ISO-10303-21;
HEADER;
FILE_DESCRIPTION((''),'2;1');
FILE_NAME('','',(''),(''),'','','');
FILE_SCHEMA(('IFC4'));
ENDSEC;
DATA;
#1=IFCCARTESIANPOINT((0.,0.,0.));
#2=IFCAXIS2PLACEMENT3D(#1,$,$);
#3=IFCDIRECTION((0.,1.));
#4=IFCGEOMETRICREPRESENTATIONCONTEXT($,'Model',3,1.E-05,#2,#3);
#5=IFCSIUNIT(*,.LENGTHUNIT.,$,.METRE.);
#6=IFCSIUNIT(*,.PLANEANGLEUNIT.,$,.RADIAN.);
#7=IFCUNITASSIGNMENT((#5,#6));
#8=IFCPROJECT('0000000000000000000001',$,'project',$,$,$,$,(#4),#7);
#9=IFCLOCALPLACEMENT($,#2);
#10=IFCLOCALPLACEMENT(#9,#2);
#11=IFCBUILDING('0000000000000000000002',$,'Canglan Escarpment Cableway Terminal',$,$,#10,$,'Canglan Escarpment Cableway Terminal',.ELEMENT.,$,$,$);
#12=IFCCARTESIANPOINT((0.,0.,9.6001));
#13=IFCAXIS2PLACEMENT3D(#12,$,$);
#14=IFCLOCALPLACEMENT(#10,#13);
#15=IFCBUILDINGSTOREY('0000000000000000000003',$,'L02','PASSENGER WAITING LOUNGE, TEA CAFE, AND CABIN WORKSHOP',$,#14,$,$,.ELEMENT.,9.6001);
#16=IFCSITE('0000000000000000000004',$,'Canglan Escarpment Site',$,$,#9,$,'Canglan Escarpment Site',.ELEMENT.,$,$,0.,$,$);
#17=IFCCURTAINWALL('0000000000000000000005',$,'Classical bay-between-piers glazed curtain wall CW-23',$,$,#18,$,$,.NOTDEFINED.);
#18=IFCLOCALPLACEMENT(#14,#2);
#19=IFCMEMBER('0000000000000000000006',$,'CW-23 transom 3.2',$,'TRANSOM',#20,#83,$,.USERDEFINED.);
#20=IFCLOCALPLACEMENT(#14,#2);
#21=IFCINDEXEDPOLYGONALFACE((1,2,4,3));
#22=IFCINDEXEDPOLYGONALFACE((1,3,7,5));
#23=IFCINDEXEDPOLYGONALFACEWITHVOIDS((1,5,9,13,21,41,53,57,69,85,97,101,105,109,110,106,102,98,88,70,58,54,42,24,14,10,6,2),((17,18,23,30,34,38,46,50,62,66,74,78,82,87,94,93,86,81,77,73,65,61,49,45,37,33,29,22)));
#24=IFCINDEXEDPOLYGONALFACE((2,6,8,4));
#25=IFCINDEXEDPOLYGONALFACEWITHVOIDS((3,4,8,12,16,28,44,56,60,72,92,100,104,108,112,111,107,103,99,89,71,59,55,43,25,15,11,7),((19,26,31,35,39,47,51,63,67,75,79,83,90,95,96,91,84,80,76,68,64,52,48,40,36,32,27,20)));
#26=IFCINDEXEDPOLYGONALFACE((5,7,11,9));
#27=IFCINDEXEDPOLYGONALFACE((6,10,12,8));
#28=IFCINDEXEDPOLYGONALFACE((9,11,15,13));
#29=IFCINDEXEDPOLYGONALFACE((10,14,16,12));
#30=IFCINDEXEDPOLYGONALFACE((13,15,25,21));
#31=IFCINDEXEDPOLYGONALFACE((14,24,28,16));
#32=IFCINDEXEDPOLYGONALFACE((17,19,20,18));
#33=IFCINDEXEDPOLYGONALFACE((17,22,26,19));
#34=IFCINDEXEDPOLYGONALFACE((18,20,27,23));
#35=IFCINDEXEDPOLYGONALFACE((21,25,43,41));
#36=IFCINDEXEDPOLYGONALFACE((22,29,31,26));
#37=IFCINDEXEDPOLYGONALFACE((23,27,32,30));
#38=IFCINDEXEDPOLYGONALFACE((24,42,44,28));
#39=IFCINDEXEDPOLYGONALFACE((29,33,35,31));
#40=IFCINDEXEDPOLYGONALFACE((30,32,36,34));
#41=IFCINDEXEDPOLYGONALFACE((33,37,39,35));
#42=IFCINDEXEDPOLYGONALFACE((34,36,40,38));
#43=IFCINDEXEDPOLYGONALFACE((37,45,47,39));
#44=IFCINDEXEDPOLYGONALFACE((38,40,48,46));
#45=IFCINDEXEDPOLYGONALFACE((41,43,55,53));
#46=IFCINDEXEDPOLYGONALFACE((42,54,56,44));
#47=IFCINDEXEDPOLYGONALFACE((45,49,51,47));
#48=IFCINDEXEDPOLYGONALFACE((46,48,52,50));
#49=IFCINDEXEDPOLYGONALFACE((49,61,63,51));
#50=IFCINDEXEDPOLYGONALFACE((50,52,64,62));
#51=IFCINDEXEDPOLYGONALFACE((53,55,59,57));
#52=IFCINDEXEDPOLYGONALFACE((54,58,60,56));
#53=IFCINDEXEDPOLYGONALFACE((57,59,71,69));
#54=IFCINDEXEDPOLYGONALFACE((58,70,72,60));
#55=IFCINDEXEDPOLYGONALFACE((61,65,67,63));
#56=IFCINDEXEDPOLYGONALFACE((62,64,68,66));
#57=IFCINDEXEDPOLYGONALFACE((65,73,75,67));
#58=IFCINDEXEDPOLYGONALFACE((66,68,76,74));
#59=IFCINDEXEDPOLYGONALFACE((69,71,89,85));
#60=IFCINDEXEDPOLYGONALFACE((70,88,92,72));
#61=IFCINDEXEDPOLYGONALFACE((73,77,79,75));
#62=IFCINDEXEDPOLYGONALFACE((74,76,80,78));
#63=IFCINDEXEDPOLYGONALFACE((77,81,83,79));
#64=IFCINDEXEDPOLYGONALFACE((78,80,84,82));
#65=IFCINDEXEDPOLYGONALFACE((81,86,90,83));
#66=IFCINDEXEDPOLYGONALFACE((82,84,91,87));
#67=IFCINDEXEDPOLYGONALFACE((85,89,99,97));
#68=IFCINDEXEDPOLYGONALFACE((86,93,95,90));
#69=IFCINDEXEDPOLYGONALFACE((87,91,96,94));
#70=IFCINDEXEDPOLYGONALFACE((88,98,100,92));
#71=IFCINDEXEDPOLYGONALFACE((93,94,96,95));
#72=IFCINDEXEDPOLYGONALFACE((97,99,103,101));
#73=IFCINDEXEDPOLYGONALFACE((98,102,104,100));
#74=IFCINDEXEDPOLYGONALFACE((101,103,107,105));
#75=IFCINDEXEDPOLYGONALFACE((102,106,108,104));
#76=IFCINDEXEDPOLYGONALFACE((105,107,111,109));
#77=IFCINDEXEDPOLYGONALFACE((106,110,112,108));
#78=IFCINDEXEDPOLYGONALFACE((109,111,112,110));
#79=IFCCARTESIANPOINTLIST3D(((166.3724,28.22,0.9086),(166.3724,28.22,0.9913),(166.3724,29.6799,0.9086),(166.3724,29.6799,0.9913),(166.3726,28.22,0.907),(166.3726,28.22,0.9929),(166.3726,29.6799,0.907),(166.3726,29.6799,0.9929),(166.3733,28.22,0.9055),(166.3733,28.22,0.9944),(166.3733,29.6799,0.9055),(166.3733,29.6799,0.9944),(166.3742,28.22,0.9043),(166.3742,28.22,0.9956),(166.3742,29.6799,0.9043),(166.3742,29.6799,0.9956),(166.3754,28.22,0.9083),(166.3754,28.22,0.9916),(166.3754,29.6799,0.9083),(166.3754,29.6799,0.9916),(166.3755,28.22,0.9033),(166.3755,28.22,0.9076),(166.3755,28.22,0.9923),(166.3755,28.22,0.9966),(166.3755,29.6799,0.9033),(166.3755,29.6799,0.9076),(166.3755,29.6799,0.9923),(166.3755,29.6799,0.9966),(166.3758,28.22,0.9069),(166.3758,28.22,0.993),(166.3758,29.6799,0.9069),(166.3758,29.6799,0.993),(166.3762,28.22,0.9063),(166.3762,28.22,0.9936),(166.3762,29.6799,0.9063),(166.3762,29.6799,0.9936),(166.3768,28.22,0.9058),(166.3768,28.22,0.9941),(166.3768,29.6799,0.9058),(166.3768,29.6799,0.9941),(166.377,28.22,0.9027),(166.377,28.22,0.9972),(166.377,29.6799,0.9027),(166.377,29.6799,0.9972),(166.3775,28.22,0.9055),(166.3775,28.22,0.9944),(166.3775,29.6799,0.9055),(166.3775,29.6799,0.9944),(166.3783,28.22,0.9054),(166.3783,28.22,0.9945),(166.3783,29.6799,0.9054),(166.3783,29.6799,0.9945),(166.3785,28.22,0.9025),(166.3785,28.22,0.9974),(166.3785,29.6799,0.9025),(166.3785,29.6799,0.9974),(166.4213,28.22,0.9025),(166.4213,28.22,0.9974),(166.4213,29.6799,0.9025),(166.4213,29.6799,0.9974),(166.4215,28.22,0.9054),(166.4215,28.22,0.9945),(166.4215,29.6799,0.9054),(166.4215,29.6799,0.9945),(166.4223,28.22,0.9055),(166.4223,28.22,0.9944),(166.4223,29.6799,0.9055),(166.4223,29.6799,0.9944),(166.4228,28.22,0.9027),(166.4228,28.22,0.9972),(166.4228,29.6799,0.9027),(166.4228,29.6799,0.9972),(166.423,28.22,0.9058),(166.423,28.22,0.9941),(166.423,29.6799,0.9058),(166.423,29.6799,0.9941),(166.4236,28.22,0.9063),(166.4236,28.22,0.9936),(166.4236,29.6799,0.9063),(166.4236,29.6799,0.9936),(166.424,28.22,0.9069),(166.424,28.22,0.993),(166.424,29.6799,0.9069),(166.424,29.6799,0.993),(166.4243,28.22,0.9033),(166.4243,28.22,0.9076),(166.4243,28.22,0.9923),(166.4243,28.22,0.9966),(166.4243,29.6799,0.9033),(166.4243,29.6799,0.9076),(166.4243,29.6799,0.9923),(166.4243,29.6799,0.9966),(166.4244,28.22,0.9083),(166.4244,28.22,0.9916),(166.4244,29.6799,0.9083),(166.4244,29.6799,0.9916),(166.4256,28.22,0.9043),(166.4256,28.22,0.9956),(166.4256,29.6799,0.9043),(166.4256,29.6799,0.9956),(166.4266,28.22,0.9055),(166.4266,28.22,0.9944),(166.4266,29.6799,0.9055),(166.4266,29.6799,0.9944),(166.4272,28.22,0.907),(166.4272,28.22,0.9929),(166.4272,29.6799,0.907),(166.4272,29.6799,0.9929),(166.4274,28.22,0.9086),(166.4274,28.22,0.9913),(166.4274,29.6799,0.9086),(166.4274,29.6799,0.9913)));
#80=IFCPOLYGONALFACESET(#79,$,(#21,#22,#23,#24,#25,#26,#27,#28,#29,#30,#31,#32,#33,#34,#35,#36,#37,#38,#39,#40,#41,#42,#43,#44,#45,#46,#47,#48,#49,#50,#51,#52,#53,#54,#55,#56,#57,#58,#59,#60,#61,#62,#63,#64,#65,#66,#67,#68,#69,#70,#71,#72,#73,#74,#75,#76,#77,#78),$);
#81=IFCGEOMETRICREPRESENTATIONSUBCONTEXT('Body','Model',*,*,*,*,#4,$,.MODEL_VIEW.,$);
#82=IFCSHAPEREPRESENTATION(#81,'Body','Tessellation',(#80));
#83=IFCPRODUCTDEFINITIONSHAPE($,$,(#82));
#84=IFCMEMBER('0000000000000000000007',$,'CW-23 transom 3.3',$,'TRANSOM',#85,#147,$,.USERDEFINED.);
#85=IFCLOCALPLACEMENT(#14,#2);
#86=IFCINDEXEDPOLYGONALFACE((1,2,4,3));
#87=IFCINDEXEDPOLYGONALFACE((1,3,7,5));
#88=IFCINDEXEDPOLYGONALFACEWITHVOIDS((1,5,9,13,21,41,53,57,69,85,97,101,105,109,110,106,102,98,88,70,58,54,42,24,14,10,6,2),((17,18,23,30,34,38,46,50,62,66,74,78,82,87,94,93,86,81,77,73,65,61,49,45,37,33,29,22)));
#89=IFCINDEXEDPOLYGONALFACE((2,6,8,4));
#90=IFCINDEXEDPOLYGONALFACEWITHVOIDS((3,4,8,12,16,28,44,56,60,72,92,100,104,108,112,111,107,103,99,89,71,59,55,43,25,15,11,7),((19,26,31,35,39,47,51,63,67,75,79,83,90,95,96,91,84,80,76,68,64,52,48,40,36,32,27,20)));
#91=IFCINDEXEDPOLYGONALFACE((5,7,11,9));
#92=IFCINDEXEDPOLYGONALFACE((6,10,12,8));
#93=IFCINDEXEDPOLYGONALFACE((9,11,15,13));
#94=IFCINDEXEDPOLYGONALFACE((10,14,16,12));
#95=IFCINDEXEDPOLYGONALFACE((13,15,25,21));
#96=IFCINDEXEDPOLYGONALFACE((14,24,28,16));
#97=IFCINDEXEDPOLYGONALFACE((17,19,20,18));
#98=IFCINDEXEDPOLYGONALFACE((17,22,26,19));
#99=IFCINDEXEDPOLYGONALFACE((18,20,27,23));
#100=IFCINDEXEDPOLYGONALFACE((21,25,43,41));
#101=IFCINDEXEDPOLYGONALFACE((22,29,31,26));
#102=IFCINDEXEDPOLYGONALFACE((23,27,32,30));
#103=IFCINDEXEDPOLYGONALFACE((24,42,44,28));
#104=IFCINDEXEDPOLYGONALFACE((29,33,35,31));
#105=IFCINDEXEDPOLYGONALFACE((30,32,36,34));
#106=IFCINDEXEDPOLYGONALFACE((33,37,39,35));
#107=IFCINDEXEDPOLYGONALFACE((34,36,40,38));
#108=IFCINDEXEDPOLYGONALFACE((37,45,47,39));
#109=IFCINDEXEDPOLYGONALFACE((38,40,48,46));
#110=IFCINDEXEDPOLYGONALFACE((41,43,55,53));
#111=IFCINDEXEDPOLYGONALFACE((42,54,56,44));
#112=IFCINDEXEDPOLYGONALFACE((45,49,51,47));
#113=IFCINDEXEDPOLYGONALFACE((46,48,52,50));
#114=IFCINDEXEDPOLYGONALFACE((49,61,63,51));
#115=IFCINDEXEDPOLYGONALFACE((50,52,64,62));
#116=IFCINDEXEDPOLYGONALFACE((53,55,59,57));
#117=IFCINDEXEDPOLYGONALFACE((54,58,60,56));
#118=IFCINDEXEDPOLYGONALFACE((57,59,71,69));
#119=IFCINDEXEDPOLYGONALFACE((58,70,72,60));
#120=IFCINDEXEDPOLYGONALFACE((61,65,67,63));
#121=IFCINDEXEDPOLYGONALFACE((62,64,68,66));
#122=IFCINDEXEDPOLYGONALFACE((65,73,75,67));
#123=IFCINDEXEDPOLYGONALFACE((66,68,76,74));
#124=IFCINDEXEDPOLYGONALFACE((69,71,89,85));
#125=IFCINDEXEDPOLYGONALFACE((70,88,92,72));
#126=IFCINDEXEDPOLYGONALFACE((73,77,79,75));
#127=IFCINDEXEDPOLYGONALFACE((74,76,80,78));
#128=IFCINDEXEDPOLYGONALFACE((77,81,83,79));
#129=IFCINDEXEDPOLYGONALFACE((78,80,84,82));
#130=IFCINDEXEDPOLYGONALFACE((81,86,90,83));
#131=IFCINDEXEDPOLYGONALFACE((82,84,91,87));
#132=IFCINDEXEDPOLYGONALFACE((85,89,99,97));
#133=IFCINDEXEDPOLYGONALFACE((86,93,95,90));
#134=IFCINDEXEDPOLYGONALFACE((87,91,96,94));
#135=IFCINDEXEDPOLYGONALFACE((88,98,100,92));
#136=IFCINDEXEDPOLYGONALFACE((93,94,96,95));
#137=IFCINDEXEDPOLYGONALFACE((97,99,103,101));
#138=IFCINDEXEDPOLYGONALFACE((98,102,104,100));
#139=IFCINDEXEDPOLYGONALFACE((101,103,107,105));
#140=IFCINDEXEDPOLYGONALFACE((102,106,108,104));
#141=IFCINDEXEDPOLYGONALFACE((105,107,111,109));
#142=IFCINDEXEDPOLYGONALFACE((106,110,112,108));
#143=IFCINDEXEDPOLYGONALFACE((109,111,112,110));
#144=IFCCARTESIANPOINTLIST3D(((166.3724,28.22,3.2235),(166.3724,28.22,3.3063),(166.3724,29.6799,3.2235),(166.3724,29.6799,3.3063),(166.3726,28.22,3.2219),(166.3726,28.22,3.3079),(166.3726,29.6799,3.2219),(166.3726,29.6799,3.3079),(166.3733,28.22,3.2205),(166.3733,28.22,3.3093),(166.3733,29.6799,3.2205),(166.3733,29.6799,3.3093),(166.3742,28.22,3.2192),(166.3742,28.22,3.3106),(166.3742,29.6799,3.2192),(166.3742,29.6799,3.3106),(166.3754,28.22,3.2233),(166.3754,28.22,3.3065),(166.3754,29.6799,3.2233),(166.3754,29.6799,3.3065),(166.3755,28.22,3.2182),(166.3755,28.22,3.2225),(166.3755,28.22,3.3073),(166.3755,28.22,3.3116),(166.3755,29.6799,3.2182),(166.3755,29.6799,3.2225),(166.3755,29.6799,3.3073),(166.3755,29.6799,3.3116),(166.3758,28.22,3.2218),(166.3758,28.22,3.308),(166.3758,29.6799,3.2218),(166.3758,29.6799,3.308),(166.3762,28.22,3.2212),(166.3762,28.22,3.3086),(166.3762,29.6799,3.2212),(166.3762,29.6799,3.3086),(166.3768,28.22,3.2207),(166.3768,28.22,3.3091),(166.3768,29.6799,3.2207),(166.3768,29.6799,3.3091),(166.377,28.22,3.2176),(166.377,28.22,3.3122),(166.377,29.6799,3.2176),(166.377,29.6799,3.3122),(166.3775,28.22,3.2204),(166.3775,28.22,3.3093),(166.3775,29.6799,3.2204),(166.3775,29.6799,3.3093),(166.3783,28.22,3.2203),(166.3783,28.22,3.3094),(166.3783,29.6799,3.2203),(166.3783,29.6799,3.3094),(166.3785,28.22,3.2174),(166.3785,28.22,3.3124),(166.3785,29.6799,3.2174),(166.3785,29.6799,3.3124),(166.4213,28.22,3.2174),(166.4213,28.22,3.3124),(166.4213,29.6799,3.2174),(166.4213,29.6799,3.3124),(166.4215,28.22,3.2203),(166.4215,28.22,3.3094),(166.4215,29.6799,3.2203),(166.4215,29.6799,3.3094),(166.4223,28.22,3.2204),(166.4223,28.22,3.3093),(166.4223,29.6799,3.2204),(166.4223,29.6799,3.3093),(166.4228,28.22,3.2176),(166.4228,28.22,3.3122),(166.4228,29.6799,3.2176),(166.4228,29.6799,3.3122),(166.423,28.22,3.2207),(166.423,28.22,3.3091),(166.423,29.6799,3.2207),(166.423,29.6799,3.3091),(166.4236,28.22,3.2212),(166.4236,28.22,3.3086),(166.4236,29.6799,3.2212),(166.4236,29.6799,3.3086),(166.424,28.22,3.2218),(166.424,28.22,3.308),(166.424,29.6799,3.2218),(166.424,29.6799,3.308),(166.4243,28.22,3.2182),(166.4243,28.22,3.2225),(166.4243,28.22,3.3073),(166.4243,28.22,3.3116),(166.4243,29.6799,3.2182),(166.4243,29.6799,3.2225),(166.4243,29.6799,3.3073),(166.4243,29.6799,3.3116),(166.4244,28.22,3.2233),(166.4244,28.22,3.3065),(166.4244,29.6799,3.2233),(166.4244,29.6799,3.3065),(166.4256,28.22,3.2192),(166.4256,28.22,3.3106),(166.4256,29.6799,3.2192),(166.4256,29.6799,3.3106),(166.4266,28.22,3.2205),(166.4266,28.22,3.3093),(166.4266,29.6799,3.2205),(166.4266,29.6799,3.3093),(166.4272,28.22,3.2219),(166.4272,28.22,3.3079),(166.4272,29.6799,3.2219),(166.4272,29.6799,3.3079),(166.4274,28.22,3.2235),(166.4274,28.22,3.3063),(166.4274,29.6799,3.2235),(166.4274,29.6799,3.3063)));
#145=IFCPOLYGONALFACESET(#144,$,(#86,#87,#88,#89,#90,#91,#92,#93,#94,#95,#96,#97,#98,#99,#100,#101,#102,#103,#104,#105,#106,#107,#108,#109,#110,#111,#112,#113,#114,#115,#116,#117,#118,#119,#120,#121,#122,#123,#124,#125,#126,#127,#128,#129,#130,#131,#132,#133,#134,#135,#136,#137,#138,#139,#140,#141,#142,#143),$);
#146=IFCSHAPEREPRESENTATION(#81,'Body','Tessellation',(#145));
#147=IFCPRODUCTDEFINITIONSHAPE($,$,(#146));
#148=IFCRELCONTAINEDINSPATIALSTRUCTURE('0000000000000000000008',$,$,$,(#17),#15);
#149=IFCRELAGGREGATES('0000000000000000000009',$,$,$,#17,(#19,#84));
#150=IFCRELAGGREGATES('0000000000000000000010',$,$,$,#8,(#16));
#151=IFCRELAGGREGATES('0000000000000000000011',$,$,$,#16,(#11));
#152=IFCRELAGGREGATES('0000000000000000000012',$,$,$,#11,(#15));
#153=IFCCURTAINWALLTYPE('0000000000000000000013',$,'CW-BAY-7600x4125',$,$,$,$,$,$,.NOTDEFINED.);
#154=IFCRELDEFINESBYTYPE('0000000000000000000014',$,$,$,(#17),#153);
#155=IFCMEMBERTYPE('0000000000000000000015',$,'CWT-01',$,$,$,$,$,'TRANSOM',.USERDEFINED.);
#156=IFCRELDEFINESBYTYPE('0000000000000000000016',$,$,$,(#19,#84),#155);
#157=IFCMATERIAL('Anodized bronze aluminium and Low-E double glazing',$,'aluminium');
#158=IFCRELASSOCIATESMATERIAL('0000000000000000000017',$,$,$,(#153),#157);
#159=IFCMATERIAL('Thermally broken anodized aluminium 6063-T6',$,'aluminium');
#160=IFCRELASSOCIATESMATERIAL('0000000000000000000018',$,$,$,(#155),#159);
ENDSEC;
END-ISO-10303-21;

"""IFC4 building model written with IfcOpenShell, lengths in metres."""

from ifc_helpers import new_model, si_unit, direction, frame, origin, origin_2d, place, context, subcontext, project, spatial, hollow_rectangle, extrude, material, material_profile, profile_set, type_object, element, aggregate, save


model = new_model("IFC4")

# Units and contexts
model_context = context("Model", 3, precision=1e-05, world=origin(), true_north=direction((0.0, 1.0)))
body_context = subcontext(model_context, "Body", "Model", "MODEL_VIEW")
ifc_project = project(units=[si_unit("LENGTHUNIT", "METRE"), si_unit("PLANEANGLEUNIT", "RADIAN")], contexts=[model_context])

# Site, building, storey
site_placement = place(None, origin())
site = spatial("IfcSite", under=ifc_project, at=site_placement, Name="Canglan Escarpment Site", LongName="Canglan Escarpment Site", CompositionType="ELEMENT", RefElevation=0.0)
building_placement = place(site_placement, origin())
building = spatial("IfcBuilding", under=site, at=building_placement, Name="Canglan Escarpment Cableway Terminal", LongName="Canglan Escarpment Cableway Terminal", CompositionType="ELEMENT")
storey_placement = place(building_placement, frame((0.0, 0.0, 9.6001)))
storey = spatial("IfcBuildingStorey", under=building, at=storey_placement, Name="L02", Description="PASSENGER WAITING LOUNGE, TEA CAFE, AND CABIN WORKSHOP", CompositionType="ELEMENT", Elevation=9.6001)

# Curtain wall, members
ifc_material_1 = material(Name="Anodized bronze aluminium and Low-E double glazing", Category="aluminium")
curtain_wall_type = type_object("IfcCurtainWallType", Name="CW-BAY-7600x4125", PredefinedType="NOTDEFINED", material=ifc_material_1)
curtain_wall_placement = place(storey_placement, origin())
curtain_wall = element("IfcCurtainWall", 1, at=curtain_wall_placement, inside=storey, type_object=curtain_wall_type, Name="Classical bay-between-piers glazed curtain wall CW-23", PredefinedType="NOTDEFINED")
ifc_material_2 = material(Name="Thermally broken anodized aluminium 6063-T6", Category="aluminium")
ifc_material_profile_1 = material_profile(ifc_material_2, hollow_rectangle(XDim=0.0549, YDim=0.095, WallThickness=0.0029, InnerFilletRadius=0.0029, OuterFilletRadius=0.0061, at=origin_2d()), Name="ALU-TRAN 55x95x3")
ifc_profile_set_1 = profile_set([ifc_material_profile_1], Name="Thermally broken anodized aluminium 6063-T6")
member_type_1 = type_object("IfcMemberType", Name="CWT-01", ElementType="TRANSOM", PredefinedType="USERDEFINED", material=ifc_profile_set_1)
member_1_placement = place(storey_placement, frame((166.3999, 28.22, 0.95), z_axis=(0.0, 1.0, 0.0), x_axis=(-1.0, 0.0, 0.0)))
member_1 = element("IfcMember", 2, at=member_1_placement, type_object=member_type_1, Name="CW-23 transom 3.2", ObjectType="TRANSOM", PredefinedType="USERDEFINED", context=body_context, shape_type="SweptSolid", body=[
    extrude(hollow_rectangle(XDim=0.0549, YDim=0.095, WallThickness=0.0029, InnerFilletRadius=0.0029, OuterFilletRadius=0.0061, at=origin_2d()), origin(), (0.0, 0.0, 1.0), 1.46),
])
member_2_placement = place(storey_placement, frame((166.3999, 28.22, 3.2649), z_axis=(0.0, 1.0, 0.0), x_axis=(-1.0, 0.0, 0.0)))
member_2 = element("IfcMember", 3, at=member_2_placement, type_object=member_type_1, Name="CW-23 transom 3.3", ObjectType="TRANSOM", PredefinedType="USERDEFINED", context=body_context, shape_type="SweptSolid", body=[
    extrude(hollow_rectangle(XDim=0.0549, YDim=0.095, WallThickness=0.0029, InnerFilletRadius=0.0029, OuterFilletRadius=0.0061, at=origin_2d()), origin(), (0.0, 0.0, 1.0), 1.46),
])

aggregate(curtain_wall, [member_1, member_2])

save(model, "model.ifc")
